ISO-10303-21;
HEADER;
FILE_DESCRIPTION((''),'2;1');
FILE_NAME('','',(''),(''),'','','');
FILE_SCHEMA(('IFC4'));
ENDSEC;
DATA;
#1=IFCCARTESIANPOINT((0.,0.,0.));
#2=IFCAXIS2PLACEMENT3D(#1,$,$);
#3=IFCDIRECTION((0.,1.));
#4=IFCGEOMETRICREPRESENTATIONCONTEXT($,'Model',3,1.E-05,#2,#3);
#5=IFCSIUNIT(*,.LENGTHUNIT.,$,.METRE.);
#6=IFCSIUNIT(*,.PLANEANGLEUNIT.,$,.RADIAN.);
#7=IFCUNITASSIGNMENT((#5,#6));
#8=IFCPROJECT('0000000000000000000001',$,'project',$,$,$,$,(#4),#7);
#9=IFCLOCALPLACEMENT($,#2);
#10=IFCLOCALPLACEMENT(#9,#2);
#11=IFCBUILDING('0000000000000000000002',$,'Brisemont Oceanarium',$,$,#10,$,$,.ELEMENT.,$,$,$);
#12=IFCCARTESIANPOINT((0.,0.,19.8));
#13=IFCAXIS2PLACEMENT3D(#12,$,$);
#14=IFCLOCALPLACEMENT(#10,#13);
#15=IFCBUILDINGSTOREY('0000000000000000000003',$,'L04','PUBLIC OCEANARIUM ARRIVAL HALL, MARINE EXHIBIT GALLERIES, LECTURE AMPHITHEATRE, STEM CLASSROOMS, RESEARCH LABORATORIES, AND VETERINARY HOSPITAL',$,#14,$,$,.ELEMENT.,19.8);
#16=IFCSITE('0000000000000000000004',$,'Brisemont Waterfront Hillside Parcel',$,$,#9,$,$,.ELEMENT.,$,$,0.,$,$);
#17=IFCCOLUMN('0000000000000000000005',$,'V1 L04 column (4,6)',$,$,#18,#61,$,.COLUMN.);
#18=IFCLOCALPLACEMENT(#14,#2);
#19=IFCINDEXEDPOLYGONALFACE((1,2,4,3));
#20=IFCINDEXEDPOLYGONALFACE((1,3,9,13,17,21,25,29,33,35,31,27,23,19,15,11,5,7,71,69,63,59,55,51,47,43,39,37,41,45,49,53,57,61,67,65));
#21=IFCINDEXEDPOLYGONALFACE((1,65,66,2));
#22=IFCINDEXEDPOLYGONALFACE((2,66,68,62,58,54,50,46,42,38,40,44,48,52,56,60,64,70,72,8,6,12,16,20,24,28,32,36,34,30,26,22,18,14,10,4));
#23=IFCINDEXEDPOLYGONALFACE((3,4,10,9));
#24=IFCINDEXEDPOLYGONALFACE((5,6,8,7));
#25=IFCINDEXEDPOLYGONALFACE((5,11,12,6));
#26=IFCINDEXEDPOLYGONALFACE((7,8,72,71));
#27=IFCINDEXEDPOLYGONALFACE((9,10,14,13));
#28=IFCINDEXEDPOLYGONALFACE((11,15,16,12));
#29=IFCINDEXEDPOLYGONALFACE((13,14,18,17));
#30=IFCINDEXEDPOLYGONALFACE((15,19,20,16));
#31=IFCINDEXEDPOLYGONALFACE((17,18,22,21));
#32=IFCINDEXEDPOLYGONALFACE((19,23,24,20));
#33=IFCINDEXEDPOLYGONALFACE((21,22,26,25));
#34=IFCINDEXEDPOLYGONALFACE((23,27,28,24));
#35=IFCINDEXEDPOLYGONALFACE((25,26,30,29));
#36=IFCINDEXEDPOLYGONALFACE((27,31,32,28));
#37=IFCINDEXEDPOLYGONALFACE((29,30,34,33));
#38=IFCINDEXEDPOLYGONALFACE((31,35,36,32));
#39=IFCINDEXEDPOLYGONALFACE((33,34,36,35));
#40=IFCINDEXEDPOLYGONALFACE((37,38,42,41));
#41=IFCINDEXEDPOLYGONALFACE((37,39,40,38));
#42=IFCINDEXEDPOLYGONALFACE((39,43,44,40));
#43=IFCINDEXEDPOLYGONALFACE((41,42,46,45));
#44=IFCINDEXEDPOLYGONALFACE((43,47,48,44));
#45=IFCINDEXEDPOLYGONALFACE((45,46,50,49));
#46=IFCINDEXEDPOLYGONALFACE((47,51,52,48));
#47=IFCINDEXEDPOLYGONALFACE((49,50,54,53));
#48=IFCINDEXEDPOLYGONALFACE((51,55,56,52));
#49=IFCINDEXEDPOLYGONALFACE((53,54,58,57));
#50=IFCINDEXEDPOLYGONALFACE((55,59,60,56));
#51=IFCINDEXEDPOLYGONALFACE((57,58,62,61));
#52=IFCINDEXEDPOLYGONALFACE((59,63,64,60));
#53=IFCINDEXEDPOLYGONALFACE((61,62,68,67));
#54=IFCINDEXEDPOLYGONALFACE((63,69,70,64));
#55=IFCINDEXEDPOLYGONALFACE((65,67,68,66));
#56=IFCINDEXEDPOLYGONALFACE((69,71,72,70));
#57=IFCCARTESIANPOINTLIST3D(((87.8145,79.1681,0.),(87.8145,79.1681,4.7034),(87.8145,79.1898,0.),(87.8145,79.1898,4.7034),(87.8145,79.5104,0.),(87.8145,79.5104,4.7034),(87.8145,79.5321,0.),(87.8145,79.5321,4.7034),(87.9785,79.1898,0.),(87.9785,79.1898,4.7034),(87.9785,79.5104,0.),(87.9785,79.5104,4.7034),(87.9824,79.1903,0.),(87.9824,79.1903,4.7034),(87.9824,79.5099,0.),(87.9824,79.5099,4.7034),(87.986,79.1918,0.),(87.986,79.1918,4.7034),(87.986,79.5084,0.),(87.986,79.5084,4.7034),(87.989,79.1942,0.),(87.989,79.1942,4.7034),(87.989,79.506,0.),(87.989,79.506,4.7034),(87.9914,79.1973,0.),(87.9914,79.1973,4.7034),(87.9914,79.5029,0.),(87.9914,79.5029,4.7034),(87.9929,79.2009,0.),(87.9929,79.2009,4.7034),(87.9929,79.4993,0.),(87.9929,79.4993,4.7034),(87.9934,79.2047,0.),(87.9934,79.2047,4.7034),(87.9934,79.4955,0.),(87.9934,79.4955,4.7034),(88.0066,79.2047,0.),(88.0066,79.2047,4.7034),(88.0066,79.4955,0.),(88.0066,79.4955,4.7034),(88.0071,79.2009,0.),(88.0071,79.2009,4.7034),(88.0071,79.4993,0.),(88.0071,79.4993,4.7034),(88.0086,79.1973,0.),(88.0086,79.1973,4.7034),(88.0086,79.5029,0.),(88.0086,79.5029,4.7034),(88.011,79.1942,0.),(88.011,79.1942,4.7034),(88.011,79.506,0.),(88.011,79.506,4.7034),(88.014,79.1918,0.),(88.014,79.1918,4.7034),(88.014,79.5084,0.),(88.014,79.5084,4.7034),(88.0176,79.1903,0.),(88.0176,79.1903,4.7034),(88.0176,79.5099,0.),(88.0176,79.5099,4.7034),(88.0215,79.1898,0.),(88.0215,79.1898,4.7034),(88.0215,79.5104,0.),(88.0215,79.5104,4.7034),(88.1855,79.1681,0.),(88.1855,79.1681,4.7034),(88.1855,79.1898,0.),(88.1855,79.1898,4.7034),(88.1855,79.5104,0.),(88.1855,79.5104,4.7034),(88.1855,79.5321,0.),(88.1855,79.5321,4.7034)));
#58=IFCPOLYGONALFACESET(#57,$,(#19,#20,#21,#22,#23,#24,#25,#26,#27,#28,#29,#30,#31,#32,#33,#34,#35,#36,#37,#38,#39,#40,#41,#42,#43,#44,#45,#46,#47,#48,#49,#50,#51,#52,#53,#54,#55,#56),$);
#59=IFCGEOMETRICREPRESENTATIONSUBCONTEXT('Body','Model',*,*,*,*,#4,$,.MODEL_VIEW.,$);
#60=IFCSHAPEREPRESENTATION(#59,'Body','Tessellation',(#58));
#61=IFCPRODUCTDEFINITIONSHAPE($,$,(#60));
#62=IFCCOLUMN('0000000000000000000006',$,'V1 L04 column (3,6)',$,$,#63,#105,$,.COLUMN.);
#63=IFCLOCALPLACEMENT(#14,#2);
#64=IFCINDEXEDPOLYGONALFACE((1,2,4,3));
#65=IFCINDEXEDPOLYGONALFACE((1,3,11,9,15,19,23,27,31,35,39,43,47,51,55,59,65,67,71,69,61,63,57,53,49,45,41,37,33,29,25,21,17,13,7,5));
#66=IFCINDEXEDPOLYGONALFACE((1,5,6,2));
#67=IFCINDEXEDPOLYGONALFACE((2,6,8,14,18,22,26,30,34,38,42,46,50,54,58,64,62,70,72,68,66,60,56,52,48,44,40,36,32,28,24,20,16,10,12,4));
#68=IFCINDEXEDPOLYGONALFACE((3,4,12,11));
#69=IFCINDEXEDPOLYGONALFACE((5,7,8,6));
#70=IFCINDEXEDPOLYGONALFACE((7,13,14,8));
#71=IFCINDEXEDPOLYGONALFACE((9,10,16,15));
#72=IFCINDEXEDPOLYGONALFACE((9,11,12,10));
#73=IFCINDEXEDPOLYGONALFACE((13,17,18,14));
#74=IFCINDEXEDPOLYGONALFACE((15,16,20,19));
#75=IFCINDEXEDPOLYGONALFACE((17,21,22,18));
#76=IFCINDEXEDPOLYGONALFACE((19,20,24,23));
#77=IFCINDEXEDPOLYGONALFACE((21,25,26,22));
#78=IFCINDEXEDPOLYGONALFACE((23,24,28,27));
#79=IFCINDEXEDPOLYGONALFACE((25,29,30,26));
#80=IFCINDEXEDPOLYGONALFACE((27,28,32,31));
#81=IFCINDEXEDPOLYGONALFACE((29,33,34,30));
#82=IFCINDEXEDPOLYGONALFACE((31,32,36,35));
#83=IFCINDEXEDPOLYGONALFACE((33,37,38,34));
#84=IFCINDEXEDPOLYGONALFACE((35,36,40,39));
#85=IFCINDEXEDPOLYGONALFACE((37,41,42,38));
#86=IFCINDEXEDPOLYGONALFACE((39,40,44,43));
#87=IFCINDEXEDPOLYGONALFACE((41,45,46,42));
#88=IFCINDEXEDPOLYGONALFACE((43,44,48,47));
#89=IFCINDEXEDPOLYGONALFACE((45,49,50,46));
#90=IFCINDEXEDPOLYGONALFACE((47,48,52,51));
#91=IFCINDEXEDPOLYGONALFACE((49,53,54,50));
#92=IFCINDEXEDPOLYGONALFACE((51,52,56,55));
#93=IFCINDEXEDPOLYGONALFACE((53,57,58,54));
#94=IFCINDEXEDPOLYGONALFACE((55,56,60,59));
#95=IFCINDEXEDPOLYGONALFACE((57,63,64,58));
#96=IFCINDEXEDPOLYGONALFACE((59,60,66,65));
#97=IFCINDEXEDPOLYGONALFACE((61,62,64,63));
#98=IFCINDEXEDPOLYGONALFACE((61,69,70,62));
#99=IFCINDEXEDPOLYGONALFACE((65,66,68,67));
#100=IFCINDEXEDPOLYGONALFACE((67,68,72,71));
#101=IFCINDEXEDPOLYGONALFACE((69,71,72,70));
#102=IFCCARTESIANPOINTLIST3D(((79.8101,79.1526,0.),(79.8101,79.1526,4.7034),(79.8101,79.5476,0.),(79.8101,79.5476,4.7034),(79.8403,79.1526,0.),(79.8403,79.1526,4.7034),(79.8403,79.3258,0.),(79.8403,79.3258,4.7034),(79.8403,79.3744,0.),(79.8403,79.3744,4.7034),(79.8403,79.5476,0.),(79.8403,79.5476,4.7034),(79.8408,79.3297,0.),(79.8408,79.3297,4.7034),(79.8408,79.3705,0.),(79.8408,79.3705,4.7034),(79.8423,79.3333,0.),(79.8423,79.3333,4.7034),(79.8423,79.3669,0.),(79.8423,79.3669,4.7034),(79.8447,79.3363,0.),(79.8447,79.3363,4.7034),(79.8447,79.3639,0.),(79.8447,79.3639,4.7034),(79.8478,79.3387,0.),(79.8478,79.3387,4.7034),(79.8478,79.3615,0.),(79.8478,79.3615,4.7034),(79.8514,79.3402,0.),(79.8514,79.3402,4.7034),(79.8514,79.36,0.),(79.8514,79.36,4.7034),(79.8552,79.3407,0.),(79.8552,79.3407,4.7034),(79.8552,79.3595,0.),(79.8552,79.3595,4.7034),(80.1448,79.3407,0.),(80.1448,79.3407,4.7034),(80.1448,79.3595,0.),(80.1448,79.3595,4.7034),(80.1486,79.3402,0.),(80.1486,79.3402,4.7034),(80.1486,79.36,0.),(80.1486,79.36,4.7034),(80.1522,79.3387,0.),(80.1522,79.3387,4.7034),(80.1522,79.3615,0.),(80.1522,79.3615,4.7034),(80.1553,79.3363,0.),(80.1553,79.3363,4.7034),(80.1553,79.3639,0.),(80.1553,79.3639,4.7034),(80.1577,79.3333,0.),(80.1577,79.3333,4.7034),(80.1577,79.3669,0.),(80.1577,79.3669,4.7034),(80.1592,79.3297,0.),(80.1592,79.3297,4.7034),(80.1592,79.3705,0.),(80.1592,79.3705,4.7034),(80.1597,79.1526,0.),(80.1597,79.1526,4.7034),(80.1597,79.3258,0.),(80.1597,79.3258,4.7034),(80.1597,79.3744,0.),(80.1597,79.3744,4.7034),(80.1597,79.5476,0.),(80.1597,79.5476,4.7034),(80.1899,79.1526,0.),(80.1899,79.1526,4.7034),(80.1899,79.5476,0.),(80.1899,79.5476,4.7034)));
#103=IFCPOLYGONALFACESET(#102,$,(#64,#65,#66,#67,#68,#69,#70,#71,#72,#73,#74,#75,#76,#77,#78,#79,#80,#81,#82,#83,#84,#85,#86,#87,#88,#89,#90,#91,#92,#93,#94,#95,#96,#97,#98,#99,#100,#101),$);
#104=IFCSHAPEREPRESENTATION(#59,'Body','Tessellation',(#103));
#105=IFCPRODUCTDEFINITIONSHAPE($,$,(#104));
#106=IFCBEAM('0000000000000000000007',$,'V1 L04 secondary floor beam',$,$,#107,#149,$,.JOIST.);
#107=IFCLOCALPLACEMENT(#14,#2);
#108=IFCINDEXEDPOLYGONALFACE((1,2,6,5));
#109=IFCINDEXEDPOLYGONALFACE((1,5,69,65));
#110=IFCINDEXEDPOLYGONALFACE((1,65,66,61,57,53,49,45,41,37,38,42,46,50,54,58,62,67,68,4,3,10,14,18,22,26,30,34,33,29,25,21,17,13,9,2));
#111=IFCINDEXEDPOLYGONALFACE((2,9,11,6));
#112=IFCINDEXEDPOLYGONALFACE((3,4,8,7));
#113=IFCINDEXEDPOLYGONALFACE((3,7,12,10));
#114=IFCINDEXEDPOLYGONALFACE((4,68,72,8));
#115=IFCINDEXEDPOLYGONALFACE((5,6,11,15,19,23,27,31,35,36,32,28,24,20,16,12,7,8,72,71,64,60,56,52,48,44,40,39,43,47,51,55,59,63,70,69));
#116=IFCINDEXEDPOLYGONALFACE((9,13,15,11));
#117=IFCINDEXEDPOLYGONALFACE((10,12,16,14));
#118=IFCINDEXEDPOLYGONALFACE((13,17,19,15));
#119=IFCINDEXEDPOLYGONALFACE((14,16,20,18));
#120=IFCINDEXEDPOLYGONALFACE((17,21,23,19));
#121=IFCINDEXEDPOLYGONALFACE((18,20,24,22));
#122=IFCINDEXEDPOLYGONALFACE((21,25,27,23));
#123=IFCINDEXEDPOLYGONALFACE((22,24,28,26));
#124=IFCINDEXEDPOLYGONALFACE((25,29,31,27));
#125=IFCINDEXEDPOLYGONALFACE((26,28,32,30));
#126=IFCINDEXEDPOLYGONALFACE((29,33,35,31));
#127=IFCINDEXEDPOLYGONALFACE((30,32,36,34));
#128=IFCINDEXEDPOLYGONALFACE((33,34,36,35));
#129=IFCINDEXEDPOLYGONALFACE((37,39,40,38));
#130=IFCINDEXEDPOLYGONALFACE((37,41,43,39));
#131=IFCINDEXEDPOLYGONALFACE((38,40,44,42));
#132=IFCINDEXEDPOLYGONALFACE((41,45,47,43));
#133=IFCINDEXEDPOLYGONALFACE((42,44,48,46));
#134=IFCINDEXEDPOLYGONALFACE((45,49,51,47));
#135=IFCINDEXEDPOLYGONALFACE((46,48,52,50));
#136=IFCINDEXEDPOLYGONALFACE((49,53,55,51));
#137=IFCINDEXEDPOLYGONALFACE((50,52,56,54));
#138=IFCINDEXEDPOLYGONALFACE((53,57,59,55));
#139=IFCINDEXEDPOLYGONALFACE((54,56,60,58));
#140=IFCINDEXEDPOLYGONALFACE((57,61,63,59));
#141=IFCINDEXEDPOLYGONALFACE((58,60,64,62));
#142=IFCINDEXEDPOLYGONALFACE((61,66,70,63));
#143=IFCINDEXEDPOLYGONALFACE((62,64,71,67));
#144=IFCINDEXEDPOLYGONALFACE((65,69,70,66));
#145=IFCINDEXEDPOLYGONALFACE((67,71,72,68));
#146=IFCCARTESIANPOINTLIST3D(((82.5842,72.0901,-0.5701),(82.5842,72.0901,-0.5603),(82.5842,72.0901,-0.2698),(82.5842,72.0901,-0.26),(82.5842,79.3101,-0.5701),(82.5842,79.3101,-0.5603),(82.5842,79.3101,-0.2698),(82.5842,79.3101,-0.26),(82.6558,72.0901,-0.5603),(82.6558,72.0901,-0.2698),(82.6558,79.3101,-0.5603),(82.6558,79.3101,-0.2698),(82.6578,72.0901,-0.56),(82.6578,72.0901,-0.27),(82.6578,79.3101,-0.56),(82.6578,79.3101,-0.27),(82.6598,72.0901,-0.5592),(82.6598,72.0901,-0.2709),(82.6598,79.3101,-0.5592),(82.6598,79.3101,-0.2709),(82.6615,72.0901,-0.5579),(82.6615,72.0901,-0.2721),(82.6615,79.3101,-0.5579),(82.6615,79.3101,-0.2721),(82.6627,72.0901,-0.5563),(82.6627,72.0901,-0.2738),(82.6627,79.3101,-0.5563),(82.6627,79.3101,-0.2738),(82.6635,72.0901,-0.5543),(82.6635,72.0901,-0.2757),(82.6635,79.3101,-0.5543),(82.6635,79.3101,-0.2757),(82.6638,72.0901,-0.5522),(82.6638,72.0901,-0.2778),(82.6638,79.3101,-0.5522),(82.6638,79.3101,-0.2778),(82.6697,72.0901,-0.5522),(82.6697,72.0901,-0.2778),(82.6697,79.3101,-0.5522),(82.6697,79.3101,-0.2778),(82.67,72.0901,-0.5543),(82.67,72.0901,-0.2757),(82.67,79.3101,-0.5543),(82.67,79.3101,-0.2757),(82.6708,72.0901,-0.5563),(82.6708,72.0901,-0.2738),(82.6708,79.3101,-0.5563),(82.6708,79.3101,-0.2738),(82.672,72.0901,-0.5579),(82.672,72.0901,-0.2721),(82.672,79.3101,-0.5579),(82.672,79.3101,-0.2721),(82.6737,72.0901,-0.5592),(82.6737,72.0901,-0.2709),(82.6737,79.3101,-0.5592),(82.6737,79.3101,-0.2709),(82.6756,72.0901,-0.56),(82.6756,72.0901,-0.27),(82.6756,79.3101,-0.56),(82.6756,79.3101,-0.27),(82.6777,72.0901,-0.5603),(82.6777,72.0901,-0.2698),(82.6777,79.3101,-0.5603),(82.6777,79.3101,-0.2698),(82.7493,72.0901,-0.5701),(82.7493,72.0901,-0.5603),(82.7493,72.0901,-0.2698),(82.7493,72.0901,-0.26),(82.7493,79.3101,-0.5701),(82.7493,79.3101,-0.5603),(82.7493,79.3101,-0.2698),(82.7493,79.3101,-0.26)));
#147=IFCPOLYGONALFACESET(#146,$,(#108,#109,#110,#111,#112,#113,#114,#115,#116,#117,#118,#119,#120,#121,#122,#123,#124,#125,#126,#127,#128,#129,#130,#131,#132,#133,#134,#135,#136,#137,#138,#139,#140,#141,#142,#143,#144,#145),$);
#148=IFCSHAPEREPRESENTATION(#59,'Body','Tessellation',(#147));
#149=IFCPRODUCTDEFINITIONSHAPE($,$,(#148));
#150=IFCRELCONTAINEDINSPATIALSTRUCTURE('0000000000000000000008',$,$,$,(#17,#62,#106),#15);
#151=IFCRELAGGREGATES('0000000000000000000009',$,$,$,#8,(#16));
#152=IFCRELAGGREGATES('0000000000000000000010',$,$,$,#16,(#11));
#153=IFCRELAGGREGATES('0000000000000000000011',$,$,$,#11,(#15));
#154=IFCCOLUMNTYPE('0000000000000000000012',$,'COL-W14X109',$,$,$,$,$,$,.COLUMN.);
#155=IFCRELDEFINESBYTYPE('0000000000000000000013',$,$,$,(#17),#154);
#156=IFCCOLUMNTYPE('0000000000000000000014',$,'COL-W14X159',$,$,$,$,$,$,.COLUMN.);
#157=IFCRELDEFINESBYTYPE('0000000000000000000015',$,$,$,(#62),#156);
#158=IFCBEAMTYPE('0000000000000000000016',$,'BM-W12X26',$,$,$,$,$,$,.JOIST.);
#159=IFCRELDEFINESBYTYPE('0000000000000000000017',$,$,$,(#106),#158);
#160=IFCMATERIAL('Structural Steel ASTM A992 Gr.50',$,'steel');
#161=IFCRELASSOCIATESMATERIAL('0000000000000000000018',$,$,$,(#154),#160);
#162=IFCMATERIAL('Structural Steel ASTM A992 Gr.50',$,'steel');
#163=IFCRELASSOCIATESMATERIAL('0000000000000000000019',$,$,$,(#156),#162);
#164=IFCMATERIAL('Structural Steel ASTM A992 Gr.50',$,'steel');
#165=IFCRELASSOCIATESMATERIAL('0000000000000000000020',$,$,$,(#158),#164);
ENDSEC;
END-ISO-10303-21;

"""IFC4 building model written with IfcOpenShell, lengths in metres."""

from ifc_helpers import new_model, si_unit, direction, frame, origin, origin_2d, place, context, subcontext, project, spatial, i_section, extrude, material, material_profile, profile_set, type_object, element, save


model = new_model("IFC4")

# Units and contexts
model_context = context("Model", 3, precision=1e-05, world=origin(), true_north=direction((0.0, 1.0)))
body_context = subcontext(model_context, "Body", "Model", "MODEL_VIEW")
ifc_project = project(units=[si_unit("LENGTHUNIT", "METRE"), si_unit("PLANEANGLEUNIT", "RADIAN")], contexts=[model_context])

# Site, building, storey
site_placement = place(None, origin())
site = spatial("IfcSite", under=ifc_project, at=site_placement, Name="Brisemont Waterfront Hillside Parcel", CompositionType="ELEMENT", RefElevation=0.0)
building_placement = place(site_placement, origin())
building = spatial("IfcBuilding", under=site, at=building_placement, Name="Brisemont Oceanarium", CompositionType="ELEMENT")
storey_placement = place(building_placement, frame((0.0, 0.0, 19.8)))
storey = spatial("IfcBuildingStorey", under=building, at=storey_placement, Name="L04", Description="PUBLIC OCEANARIUM ARRIVAL HALL, MARINE EXHIBIT GALLERIES, LECTURE AMPHITHEATRE, STEM CLASSROOMS, RESEARCH LABORATORIES, AND VETERINARY HOSPITAL", CompositionType="ELEMENT", Elevation=19.8)

# Columns
ifc_material_1 = material(Name="Structural Steel ASTM A992 Gr.50", Category="steel")
ifc_material_profile_1 = material_profile(ifc_material_1, i_section(OverallWidth=0.3711, OverallDepth=0.364, WebThickness=0.0132, FlangeThickness=0.0217, FilletRadius=0.0149, at=origin_2d()), Name="W14X109")
ifc_profile_set_1 = profile_set([ifc_material_profile_1], Name="Structural Steel ASTM A992 Gr.50")
column_type_1 = type_object("IfcColumnType", Name="COL-W14X109", PredefinedType="COLUMN", material=ifc_profile_set_1)
column_1_placement = place(storey_placement, frame((88.0, 79.3501, 0.0), z_axis=(0.0, 0.0, 1.0), x_axis=(1.0, 0.0, 0.0)))
element("IfcColumn", 1, at=column_1_placement, inside=storey, type_object=column_type_1, Name="V1 L04 column (4,6)", PredefinedType="COLUMN", context=body_context, shape_type="SweptSolid", body=[
    extrude(i_section(OverallWidth=0.3711, OverallDepth=0.364, WebThickness=0.0132, FlangeThickness=0.0217, FilletRadius=0.0149, at=origin_2d()), origin(), (0.0, 0.0, 1.0), 4.7034),
])
ifc_material_2 = material(Name="Structural Steel ASTM A992 Gr.50", Category="steel")
ifc_material_profile_2 = material_profile(ifc_material_2, i_section(OverallWidth=0.395, OverallDepth=0.3799, WebThickness=0.0188, FlangeThickness=0.0303, FilletRadius=0.0149, at=origin_2d()), Name="W14X159")
ifc_profile_set_2 = profile_set([ifc_material_profile_2], Name="Structural Steel ASTM A992 Gr.50")
column_type_2 = type_object("IfcColumnType", Name="COL-W14X159", PredefinedType="COLUMN", material=ifc_profile_set_2)
column_2_placement = place(storey_placement, frame((80.0, 79.3501, 0.0), z_axis=(0.0, 0.0, 1.0), x_axis=(0.0, 1.0, 0.0)))
element("IfcColumn", 2, at=column_2_placement, inside=storey, type_object=column_type_2, Name="V1 L04 column (3,6)", PredefinedType="COLUMN", context=body_context, shape_type="SweptSolid", body=[
    extrude(i_section(OverallWidth=0.395, OverallDepth=0.3799, WebThickness=0.0188, FlangeThickness=0.0303, FilletRadius=0.0149, at=origin_2d()), origin(), (0.0, 0.0, 1.0), 4.7034),
])

# Beam
ifc_material_3 = material(Name="Structural Steel ASTM A992 Gr.50", Category="steel")
ifc_material_profile_3 = material_profile(ifc_material_3, i_section(OverallWidth=0.165, OverallDepth=0.3101, WebThickness=0.0059, FlangeThickness=0.0098, FilletRadius=0.0081, at=origin_2d()), Name="W12X26")
ifc_profile_set_3 = profile_set([ifc_material_profile_3], Name="Structural Steel ASTM A992 Gr.50")
beam_type_1 = type_object("IfcBeamType", Name="BM-W12X26", PredefinedType="JOIST", material=ifc_profile_set_3)
beam_1_placement = place(storey_placement, frame((82.6667, 72.0901, -0.415), z_axis=(0.0, 1.0, 0.0), x_axis=(-1.0, 0.0, 0.0)))
element("IfcBeam", 3, at=beam_1_placement, inside=storey, type_object=beam_type_1, Name="V1 L04 secondary floor beam", PredefinedType="JOIST", context=body_context, shape_type="SweptSolid", body=[
    extrude(i_section(OverallWidth=0.165, OverallDepth=0.3101, WebThickness=0.0059, FlangeThickness=0.0098, FilletRadius=0.0081, at=origin_2d()), origin(), (0.0, 0.0, 1.0), 7.22),
])

save(model, "model.ifc")
